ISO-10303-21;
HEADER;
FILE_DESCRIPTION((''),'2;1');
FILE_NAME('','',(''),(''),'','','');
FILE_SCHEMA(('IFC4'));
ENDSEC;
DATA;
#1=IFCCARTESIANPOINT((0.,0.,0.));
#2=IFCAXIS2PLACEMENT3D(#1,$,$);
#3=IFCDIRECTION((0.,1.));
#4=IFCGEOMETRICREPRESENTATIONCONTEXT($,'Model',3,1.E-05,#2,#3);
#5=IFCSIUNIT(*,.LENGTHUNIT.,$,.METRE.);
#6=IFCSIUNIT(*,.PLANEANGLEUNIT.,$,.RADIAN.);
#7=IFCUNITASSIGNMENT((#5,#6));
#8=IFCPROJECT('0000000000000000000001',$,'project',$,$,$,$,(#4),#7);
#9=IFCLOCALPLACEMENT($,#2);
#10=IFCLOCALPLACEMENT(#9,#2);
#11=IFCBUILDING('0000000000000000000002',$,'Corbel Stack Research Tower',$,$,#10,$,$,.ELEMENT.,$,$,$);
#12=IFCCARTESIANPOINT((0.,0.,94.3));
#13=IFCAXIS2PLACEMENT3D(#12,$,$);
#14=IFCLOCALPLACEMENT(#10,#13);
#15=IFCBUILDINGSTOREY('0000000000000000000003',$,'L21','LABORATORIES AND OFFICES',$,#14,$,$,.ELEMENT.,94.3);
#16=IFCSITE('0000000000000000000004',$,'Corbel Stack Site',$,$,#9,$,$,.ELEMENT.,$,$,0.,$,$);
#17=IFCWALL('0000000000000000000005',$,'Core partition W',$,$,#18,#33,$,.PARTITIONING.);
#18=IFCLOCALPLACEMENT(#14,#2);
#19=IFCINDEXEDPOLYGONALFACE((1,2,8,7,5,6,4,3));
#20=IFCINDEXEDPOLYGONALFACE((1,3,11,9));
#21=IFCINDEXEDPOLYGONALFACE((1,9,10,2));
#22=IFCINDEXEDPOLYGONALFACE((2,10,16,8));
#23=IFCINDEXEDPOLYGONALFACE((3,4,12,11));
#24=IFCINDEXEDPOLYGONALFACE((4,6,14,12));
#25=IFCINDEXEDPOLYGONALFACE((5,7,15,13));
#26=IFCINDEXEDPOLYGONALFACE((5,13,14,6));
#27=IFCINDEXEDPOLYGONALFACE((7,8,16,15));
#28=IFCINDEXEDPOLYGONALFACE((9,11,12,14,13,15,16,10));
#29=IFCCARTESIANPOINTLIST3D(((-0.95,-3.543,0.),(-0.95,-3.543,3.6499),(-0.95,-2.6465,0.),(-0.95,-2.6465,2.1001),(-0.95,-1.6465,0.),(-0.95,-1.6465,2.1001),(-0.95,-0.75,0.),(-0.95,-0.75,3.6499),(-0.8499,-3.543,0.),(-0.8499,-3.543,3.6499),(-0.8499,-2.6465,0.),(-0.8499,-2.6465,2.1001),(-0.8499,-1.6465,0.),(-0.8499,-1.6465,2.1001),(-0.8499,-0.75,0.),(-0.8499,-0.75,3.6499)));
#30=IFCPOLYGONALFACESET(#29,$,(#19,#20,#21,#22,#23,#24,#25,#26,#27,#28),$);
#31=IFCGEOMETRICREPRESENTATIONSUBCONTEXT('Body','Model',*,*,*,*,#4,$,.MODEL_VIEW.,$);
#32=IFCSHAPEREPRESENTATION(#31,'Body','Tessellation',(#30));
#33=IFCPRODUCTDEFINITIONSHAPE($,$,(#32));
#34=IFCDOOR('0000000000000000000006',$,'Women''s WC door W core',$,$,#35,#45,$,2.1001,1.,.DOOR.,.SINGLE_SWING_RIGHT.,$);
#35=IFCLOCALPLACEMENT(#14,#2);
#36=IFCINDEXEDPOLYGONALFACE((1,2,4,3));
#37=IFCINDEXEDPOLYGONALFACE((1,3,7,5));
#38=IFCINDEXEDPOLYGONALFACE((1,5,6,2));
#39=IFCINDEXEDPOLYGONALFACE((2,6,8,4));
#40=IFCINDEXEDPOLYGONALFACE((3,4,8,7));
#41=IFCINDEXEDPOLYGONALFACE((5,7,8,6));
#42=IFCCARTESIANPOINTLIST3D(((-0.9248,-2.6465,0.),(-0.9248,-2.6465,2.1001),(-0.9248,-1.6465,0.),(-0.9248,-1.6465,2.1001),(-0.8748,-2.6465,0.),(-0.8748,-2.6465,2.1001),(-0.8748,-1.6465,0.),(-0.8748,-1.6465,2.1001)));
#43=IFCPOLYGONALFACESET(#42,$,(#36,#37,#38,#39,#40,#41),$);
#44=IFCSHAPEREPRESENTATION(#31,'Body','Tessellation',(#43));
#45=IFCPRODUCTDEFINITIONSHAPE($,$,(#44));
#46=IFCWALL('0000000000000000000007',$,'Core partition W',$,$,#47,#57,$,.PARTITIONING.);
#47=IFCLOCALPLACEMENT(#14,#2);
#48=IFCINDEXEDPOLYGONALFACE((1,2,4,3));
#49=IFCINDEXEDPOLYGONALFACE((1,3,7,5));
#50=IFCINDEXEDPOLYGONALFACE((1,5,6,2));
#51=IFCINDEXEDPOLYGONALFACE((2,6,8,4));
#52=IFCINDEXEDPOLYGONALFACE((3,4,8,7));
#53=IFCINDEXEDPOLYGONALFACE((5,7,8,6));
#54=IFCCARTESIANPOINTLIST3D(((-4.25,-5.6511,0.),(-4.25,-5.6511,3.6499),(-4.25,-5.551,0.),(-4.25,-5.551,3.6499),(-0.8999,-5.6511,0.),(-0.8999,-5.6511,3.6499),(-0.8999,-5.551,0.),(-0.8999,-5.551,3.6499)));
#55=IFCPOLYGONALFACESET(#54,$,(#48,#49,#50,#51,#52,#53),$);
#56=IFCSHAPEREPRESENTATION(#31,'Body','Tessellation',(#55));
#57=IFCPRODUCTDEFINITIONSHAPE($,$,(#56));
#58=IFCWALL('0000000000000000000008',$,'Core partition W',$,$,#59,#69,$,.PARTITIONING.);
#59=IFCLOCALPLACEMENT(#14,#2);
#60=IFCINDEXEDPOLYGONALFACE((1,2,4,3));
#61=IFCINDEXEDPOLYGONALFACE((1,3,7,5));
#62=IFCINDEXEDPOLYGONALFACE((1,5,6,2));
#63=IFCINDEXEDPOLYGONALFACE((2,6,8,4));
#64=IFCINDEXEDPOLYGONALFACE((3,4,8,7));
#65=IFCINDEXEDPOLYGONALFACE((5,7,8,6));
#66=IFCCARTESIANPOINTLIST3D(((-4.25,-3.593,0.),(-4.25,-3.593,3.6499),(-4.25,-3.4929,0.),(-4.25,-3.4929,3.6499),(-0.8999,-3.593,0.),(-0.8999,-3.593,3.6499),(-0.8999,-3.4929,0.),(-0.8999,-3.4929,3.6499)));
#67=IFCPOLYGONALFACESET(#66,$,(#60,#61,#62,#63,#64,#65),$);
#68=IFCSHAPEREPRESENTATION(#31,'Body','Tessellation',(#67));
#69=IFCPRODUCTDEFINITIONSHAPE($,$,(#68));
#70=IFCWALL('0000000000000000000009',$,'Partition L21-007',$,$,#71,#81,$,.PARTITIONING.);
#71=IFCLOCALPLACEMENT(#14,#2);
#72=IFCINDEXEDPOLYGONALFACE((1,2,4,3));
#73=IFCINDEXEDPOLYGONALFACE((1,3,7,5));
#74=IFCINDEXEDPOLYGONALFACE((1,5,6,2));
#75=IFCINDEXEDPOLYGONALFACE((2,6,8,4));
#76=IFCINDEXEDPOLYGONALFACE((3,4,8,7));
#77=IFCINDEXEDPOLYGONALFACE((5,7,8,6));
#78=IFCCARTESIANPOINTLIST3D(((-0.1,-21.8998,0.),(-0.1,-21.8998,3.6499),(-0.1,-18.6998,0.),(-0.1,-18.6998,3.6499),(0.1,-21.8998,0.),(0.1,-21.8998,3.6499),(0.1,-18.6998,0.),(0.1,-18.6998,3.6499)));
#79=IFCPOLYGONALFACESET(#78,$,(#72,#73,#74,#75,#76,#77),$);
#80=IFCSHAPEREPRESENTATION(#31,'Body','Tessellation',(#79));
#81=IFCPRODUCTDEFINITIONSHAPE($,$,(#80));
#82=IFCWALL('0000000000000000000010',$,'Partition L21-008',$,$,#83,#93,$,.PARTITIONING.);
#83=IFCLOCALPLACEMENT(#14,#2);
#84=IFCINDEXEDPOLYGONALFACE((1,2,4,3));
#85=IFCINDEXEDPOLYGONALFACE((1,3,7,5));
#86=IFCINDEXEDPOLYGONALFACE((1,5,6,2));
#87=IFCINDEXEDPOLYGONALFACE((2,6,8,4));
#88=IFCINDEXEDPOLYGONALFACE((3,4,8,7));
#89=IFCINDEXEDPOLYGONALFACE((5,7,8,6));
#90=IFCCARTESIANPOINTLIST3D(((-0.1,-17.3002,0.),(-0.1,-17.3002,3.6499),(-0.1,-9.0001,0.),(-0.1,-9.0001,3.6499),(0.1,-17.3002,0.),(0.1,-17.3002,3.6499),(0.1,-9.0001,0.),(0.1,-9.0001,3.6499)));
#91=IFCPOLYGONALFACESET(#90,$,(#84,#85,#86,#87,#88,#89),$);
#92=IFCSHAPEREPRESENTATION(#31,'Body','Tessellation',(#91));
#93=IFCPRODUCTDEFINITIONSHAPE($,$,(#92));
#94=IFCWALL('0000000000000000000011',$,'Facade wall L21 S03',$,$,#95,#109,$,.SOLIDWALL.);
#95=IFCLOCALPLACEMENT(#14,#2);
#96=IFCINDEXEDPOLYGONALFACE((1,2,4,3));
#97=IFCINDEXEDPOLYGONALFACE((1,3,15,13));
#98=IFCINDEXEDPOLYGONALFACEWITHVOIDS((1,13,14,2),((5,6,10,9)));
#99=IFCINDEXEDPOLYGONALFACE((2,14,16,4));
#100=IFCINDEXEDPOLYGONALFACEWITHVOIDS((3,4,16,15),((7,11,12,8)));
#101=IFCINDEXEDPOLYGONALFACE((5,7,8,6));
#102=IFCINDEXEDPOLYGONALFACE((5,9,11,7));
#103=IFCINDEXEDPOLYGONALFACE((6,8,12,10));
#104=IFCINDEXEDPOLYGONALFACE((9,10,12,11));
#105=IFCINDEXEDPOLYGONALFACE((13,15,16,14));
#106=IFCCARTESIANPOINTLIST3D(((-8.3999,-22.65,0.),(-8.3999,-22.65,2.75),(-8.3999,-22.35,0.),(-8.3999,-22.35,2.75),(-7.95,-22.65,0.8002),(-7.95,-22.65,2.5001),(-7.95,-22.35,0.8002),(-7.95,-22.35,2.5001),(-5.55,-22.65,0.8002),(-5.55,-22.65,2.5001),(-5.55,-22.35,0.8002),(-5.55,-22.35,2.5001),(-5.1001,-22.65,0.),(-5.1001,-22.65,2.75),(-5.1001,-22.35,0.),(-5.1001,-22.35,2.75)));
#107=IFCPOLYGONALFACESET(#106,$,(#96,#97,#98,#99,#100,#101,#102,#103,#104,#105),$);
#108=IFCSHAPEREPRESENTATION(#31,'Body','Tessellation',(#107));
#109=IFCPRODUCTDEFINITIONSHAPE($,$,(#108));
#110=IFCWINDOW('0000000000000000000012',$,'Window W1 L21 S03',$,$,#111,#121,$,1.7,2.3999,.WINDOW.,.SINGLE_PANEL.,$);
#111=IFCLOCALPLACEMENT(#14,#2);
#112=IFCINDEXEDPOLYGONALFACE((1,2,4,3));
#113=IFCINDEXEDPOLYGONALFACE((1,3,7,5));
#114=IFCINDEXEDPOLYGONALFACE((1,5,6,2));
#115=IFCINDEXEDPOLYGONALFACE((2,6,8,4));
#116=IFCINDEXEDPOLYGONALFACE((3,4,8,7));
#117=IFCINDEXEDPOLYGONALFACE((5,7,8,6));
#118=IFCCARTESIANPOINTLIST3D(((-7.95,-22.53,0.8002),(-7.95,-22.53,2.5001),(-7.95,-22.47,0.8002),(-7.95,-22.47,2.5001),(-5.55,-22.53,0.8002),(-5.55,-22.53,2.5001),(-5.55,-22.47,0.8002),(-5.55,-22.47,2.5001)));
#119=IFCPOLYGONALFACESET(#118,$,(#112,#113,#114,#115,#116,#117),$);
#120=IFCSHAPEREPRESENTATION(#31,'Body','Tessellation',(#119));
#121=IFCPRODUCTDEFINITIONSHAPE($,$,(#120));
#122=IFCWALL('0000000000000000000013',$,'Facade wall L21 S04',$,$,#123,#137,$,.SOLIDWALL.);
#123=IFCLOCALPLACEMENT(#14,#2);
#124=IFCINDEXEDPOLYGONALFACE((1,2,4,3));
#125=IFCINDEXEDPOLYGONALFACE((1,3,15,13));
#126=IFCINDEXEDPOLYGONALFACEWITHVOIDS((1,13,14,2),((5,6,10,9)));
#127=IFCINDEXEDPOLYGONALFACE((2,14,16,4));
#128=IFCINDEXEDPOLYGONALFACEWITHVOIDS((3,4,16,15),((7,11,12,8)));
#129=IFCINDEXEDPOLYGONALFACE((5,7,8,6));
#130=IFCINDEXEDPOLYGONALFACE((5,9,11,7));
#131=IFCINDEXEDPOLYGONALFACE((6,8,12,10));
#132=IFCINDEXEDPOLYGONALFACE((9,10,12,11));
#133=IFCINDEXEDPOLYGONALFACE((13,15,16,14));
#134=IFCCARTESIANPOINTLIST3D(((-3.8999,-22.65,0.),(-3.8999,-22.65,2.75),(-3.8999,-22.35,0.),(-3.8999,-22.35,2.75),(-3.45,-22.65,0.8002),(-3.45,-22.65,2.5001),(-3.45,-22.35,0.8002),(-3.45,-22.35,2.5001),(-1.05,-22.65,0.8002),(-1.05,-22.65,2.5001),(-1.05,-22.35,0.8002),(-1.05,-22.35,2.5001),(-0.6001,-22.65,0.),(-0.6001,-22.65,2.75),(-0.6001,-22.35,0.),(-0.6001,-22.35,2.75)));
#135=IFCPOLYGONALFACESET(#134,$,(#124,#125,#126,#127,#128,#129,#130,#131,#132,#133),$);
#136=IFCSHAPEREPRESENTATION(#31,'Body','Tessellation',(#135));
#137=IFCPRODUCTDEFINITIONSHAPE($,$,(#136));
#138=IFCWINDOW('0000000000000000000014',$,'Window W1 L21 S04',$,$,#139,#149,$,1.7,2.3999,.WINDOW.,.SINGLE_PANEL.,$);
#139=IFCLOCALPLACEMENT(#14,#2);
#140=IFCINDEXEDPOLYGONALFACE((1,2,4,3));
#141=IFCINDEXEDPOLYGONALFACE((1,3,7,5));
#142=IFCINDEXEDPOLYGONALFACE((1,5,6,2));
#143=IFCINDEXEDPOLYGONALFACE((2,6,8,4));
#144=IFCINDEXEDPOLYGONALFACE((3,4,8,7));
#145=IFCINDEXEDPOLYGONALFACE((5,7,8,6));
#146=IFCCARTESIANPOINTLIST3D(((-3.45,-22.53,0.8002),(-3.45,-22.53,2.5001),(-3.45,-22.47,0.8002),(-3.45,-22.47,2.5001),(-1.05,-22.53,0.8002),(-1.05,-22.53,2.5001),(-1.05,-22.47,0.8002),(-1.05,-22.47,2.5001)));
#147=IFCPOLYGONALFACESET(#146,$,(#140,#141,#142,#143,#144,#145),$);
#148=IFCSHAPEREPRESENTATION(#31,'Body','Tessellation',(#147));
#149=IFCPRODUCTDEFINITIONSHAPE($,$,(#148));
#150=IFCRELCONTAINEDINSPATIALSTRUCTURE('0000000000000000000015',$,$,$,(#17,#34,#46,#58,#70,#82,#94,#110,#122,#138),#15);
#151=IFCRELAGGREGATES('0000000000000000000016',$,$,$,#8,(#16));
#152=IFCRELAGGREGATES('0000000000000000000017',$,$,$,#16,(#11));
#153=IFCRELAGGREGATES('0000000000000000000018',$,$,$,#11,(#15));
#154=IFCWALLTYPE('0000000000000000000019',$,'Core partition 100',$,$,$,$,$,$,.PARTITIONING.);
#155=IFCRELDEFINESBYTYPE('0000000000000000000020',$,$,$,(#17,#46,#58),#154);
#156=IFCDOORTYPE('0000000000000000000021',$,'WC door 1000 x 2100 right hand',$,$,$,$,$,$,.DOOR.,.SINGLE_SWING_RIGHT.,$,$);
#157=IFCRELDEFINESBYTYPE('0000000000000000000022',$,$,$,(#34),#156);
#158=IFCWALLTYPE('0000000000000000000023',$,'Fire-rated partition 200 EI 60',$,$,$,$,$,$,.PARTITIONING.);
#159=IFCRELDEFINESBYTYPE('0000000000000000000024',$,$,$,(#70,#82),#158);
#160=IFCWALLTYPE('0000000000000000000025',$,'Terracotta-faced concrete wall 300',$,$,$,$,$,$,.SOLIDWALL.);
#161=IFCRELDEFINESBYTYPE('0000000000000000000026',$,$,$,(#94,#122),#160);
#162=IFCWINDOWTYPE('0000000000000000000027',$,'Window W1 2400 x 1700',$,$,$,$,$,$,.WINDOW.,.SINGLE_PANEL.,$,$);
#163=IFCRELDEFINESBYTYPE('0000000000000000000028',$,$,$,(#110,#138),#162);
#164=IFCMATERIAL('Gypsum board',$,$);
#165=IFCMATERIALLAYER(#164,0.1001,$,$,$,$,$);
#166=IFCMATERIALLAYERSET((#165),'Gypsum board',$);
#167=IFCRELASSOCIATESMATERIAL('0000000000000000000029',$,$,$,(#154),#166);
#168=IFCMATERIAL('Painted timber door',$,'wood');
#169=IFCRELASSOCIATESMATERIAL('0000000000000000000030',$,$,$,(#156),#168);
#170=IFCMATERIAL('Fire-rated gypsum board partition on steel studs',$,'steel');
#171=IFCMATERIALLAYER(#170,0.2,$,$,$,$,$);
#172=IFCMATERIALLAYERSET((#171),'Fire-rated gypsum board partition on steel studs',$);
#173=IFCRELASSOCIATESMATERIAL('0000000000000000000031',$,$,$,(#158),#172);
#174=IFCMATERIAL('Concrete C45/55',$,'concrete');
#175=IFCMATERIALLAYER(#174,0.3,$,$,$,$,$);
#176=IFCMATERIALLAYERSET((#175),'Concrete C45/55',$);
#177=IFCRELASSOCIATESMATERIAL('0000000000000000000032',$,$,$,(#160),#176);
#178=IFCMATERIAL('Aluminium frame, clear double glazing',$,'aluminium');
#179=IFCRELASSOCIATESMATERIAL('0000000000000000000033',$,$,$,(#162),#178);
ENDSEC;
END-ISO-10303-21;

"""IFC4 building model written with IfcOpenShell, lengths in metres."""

from ifc_helpers import new_model, si_unit, direction, frame, frame_2d, origin, place, context, subcontext, project, spatial, rectangle, extrude, material, layer, layer_set, type_object, element, fill, save


model = new_model("IFC4")

# Units and contexts
model_context = context("Model", 3, precision=1e-05, world=origin(), true_north=direction((0.0, 1.0)))
body_context = subcontext(model_context, "Body", "Model", "MODEL_VIEW")
ifc_project = project(units=[si_unit("LENGTHUNIT", "METRE"), si_unit("PLANEANGLEUNIT", "RADIAN")], contexts=[model_context])

# Site, building, storey
site_placement = place(None, origin())
site = spatial("IfcSite", under=ifc_project, at=site_placement, Name="Corbel Stack Site", CompositionType="ELEMENT", RefElevation=0.0)
building_placement = place(site_placement, origin())
building = spatial("IfcBuilding", under=site, at=building_placement, Name="Corbel Stack Research Tower", CompositionType="ELEMENT")
storey_placement = place(building_placement, frame((0.0, 0.0, 94.3)))
storey = spatial("IfcBuildingStorey", under=building, at=storey_placement, Name="L21", Description="LABORATORIES AND OFFICES", CompositionType="ELEMENT", Elevation=94.3)

# Wall, opening, door
ifc_material_1 = material(Name="Gypsum board")
ifc_layer_1 = layer(ifc_material_1, 0.1001)
ifc_layer_set_1 = layer_set([ifc_layer_1], Name="Gypsum board")
wall_type_1 = type_object("IfcWallType", Name="Core partition 100", PredefinedType="PARTITIONING", material=ifc_layer_set_1)
ifc_material_2 = material(Name="Painted timber door", Category="wood")
door_type_1 = type_object("IfcDoorType", Name="WC door 1000 x 2100 right hand", OperationType="SINGLE_SWING_RIGHT", PredefinedType="DOOR", material=ifc_material_2)
wall_1_placement = place(storey_placement, frame((-0.8999, -3.543, 0.0), z_axis=(0.0, 0.0, 1.0), x_axis=(0.0, 1.0, 0.0)))
wall_1 = element("IfcWall", 1, at=wall_1_placement, inside=storey, type_object=wall_type_1, Name="Core partition W", PredefinedType="PARTITIONING", context=body_context, shape_type="SweptSolid", body=[
    extrude(rectangle(XDim=2.793, YDim=0.1001, at=frame_2d((1.3965, 0.0))), origin(), (0.0, 0.0, 1.0), 3.6499),
])
opening_1_placement = place(wall_1_placement, frame((0.8965, 0.0, 0.0)))
opening_1 = element("IfcOpeningElement", 2, at=opening_1_placement, cuts=wall_1, PredefinedType="OPENING", context=body_context, shape_type="SweptSolid", body=[
    extrude(rectangle(XDim=1.0, YDim=2.1001, at=frame_2d((0.5, 1.05))), frame((0.0, 0.0601, 0.0), z_axis=(0.0, -1.0, 0.0), x_axis=(1.0, 0.0, 0.0)), (0.0, 0.0, 1.0), 0.1201),
])
door_1_placement = place(opening_1_placement, origin())
door_1 = element("IfcDoor", 3, at=door_1_placement, inside=storey, type_object=door_type_1, Name="Women's WC door W core", OperationType="SINGLE_SWING_RIGHT", OverallHeight=2.1001, OverallWidth=1.0, PredefinedType="DOOR", context=body_context, shape_type="SweptSolid", body=[
    extrude(rectangle(XDim=1.0, YDim=2.1001, at=frame_2d((0.5, 1.05))), frame((0.0, 0.0249, 0.0), z_axis=(0.0, -1.0, 0.0), x_axis=(1.0, 0.0, 0.0)), (0.0, 0.0, 1.0), 0.05),
])
fill(opening_1, door_1)

# Walls
for number, where, z_axis, x_axis, name in (
    (4, (-4.25, -5.6011, 0.0), (0.0, 0.0, 1.0), (1.0, 0.0, 0.0), "Core partition W"),
    (5, (-4.25, -3.543, 0.0), (0.0, 0.0, 1.0), (1.0, 0.0, 0.0), "Core partition W"),
):
    element("IfcWall", number, at=place(storey_placement, frame(where, z_axis=z_axis, x_axis=x_axis)), inside=storey, type_object=wall_type_1, Name=name, PredefinedType="PARTITIONING", context=body_context, shape_type="SweptSolid", body=[
        extrude(rectangle(XDim=3.3501, YDim=0.1001, at=frame_2d((1.675, 0.0))), origin(), (0.0, 0.0, 1.0), 3.6499),
    ])
ifc_material_3 = material(Name="Fire-rated gypsum board partition on steel studs", Category="steel")
ifc_layer_2 = layer(ifc_material_3, 0.2)
ifc_layer_set_2 = layer_set([ifc_layer_2], Name="Fire-rated gypsum board partition on steel studs")
wall_type_2 = type_object("IfcWallType", Name="Fire-rated partition 200 EI 60", PredefinedType="PARTITIONING", material=ifc_layer_set_2)
wall_2_placement = place(storey_placement, frame((0.0, -21.8999, 0.0), z_axis=(0.0, 0.0, 1.0), x_axis=(0.0, 1.0, 0.0)))
element("IfcWall", 6, at=wall_2_placement, inside=storey, type_object=wall_type_2, Name="Partition L21-007", PredefinedType="PARTITIONING", context=body_context, shape_type="SweptSolid", body=[
    extrude(rectangle(XDim=3.2, YDim=0.2, at=frame_2d((1.6001, 0.0))), origin(), (0.0, 0.0, 1.0), 3.6499),
])
wall_3_placement = place(storey_placement, frame((0.0, -17.3, 0.0), z_axis=(0.0, 0.0, 1.0), x_axis=(0.0, 1.0, 0.0)))
element("IfcWall", 7, at=wall_3_placement, inside=storey, type_object=wall_type_2, Name="Partition L21-008", PredefinedType="PARTITIONING", context=body_context, shape_type="SweptSolid", body=[
    extrude(rectangle(XDim=8.3, YDim=0.2, at=frame_2d((4.1499, 0.0))), origin(), (0.0, 0.0, 1.0), 3.6499),
])

# Walls, openings, windows
ifc_material_4 = material(Name="Concrete C45/55", Category="concrete")
ifc_layer_3 = layer(ifc_material_4, 0.3)
ifc_layer_set_3 = layer_set([ifc_layer_3], Name="Concrete C45/55")
wall_type_3 = type_object("IfcWallType", Name="Terracotta-faced concrete wall 300", PredefinedType="SOLIDWALL", material=ifc_layer_set_3)
wall_4_placement = place(storey_placement, frame((-5.1001, -22.5, 0.0), z_axis=(0.0, 0.0, 1.0), x_axis=(-1.0, 0.0, 0.0)))
wall_4 = element("IfcWall", 8, at=wall_4_placement, inside=storey, type_object=wall_type_3, Name="Facade wall L21 S03", PredefinedType="SOLIDWALL", context=body_context, shape_type="SweptSolid", body=[
    extrude(rectangle(XDim=3.2998, YDim=0.3, at=frame_2d((1.6499, 0.0))), origin(), (0.0, 0.0, 1.0), 2.75),
])
opening_2_placement = place(wall_4_placement, frame((0.45, 0.0, 0.8)))
opening_2 = element("IfcOpeningElement", 9, at=opening_2_placement, cuts=wall_4, PredefinedType="OPENING", context=body_context, shape_type="SweptSolid", body=[
    extrude(rectangle(XDim=2.3999, YDim=1.7, at=frame_2d((1.2, 0.8501))), frame((0.0, 0.1599, 0.0), z_axis=(0.0, -1.0, 0.0), x_axis=(1.0, 0.0, 0.0)), (0.0, 0.0, 1.0), 0.3201),
])
ifc_material_5 = material(Name="Aluminium frame, clear double glazing", Category="aluminium")
window_type = type_object("IfcWindowType", Name="Window W1 2400 x 1700", PartitioningType="SINGLE_PANEL", PredefinedType="WINDOW", material=ifc_material_5)
window_1_placement = place(opening_2_placement, origin())
window_1 = element("IfcWindow", 10, at=window_1_placement, inside=storey, type_object=window_type, Name="Window W1 L21 S03", OverallHeight=1.7, OverallWidth=2.3999, PartitioningType="SINGLE_PANEL", PredefinedType="WINDOW", context=body_context, shape_type="SweptSolid", body=[
    extrude(rectangle(XDim=2.3999, YDim=1.7, at=frame_2d((1.2, 0.8501))), frame((0.0, 0.03, 0.0), z_axis=(0.0, -1.0, 0.0), x_axis=(1.0, 0.0, 0.0)), (0.0, 0.0, 1.0), 0.0601),
])
fill(opening_2, window_1)
wall_5_placement = place(storey_placement, frame((-0.6001, -22.5, 0.0), z_axis=(0.0, 0.0, 1.0), x_axis=(-1.0, 0.0, 0.0)))
wall_5 = element("IfcWall", 11, at=wall_5_placement, inside=storey, type_object=wall_type_3, Name="Facade wall L21 S04", PredefinedType="SOLIDWALL", context=body_context, shape_type="SweptSolid", body=[
    extrude(rectangle(XDim=3.2998, YDim=0.3, at=frame_2d((1.6499, 0.0))), origin(), (0.0, 0.0, 1.0), 2.75),
])
opening_3_placement = place(wall_5_placement, frame((0.45, 0.0, 0.8)))
opening_3 = element("IfcOpeningElement", 12, at=opening_3_placement, cuts=wall_5, PredefinedType="OPENING", context=body_context, shape_type="SweptSolid", body=[
    extrude(rectangle(XDim=2.3999, YDim=1.7, at=frame_2d((1.2, 0.8501))), frame((0.0, 0.1599, 0.0), z_axis=(0.0, -1.0, 0.0), x_axis=(1.0, 0.0, 0.0)), (0.0, 0.0, 1.0), 0.3201),
])
window_2_placement = place(opening_3_placement, origin())
window_2 = element("IfcWindow", 13, at=window_2_placement, inside=storey, type_object=window_type, Name="Window W1 L21 S04", OverallHeight=1.7, OverallWidth=2.3999, PartitioningType="SINGLE_PANEL", PredefinedType="WINDOW", context=body_context, shape_type="SweptSolid", body=[
    extrude(rectangle(XDim=2.3999, YDim=1.7, at=frame_2d((1.2, 0.8501))), frame((0.0, 0.03, 0.0), z_axis=(0.0, -1.0, 0.0), x_axis=(1.0, 0.0, 0.0)), (0.0, 0.0, 1.0), 0.0601),
])
fill(opening_3, window_2)

save(model, "model.ifc")
